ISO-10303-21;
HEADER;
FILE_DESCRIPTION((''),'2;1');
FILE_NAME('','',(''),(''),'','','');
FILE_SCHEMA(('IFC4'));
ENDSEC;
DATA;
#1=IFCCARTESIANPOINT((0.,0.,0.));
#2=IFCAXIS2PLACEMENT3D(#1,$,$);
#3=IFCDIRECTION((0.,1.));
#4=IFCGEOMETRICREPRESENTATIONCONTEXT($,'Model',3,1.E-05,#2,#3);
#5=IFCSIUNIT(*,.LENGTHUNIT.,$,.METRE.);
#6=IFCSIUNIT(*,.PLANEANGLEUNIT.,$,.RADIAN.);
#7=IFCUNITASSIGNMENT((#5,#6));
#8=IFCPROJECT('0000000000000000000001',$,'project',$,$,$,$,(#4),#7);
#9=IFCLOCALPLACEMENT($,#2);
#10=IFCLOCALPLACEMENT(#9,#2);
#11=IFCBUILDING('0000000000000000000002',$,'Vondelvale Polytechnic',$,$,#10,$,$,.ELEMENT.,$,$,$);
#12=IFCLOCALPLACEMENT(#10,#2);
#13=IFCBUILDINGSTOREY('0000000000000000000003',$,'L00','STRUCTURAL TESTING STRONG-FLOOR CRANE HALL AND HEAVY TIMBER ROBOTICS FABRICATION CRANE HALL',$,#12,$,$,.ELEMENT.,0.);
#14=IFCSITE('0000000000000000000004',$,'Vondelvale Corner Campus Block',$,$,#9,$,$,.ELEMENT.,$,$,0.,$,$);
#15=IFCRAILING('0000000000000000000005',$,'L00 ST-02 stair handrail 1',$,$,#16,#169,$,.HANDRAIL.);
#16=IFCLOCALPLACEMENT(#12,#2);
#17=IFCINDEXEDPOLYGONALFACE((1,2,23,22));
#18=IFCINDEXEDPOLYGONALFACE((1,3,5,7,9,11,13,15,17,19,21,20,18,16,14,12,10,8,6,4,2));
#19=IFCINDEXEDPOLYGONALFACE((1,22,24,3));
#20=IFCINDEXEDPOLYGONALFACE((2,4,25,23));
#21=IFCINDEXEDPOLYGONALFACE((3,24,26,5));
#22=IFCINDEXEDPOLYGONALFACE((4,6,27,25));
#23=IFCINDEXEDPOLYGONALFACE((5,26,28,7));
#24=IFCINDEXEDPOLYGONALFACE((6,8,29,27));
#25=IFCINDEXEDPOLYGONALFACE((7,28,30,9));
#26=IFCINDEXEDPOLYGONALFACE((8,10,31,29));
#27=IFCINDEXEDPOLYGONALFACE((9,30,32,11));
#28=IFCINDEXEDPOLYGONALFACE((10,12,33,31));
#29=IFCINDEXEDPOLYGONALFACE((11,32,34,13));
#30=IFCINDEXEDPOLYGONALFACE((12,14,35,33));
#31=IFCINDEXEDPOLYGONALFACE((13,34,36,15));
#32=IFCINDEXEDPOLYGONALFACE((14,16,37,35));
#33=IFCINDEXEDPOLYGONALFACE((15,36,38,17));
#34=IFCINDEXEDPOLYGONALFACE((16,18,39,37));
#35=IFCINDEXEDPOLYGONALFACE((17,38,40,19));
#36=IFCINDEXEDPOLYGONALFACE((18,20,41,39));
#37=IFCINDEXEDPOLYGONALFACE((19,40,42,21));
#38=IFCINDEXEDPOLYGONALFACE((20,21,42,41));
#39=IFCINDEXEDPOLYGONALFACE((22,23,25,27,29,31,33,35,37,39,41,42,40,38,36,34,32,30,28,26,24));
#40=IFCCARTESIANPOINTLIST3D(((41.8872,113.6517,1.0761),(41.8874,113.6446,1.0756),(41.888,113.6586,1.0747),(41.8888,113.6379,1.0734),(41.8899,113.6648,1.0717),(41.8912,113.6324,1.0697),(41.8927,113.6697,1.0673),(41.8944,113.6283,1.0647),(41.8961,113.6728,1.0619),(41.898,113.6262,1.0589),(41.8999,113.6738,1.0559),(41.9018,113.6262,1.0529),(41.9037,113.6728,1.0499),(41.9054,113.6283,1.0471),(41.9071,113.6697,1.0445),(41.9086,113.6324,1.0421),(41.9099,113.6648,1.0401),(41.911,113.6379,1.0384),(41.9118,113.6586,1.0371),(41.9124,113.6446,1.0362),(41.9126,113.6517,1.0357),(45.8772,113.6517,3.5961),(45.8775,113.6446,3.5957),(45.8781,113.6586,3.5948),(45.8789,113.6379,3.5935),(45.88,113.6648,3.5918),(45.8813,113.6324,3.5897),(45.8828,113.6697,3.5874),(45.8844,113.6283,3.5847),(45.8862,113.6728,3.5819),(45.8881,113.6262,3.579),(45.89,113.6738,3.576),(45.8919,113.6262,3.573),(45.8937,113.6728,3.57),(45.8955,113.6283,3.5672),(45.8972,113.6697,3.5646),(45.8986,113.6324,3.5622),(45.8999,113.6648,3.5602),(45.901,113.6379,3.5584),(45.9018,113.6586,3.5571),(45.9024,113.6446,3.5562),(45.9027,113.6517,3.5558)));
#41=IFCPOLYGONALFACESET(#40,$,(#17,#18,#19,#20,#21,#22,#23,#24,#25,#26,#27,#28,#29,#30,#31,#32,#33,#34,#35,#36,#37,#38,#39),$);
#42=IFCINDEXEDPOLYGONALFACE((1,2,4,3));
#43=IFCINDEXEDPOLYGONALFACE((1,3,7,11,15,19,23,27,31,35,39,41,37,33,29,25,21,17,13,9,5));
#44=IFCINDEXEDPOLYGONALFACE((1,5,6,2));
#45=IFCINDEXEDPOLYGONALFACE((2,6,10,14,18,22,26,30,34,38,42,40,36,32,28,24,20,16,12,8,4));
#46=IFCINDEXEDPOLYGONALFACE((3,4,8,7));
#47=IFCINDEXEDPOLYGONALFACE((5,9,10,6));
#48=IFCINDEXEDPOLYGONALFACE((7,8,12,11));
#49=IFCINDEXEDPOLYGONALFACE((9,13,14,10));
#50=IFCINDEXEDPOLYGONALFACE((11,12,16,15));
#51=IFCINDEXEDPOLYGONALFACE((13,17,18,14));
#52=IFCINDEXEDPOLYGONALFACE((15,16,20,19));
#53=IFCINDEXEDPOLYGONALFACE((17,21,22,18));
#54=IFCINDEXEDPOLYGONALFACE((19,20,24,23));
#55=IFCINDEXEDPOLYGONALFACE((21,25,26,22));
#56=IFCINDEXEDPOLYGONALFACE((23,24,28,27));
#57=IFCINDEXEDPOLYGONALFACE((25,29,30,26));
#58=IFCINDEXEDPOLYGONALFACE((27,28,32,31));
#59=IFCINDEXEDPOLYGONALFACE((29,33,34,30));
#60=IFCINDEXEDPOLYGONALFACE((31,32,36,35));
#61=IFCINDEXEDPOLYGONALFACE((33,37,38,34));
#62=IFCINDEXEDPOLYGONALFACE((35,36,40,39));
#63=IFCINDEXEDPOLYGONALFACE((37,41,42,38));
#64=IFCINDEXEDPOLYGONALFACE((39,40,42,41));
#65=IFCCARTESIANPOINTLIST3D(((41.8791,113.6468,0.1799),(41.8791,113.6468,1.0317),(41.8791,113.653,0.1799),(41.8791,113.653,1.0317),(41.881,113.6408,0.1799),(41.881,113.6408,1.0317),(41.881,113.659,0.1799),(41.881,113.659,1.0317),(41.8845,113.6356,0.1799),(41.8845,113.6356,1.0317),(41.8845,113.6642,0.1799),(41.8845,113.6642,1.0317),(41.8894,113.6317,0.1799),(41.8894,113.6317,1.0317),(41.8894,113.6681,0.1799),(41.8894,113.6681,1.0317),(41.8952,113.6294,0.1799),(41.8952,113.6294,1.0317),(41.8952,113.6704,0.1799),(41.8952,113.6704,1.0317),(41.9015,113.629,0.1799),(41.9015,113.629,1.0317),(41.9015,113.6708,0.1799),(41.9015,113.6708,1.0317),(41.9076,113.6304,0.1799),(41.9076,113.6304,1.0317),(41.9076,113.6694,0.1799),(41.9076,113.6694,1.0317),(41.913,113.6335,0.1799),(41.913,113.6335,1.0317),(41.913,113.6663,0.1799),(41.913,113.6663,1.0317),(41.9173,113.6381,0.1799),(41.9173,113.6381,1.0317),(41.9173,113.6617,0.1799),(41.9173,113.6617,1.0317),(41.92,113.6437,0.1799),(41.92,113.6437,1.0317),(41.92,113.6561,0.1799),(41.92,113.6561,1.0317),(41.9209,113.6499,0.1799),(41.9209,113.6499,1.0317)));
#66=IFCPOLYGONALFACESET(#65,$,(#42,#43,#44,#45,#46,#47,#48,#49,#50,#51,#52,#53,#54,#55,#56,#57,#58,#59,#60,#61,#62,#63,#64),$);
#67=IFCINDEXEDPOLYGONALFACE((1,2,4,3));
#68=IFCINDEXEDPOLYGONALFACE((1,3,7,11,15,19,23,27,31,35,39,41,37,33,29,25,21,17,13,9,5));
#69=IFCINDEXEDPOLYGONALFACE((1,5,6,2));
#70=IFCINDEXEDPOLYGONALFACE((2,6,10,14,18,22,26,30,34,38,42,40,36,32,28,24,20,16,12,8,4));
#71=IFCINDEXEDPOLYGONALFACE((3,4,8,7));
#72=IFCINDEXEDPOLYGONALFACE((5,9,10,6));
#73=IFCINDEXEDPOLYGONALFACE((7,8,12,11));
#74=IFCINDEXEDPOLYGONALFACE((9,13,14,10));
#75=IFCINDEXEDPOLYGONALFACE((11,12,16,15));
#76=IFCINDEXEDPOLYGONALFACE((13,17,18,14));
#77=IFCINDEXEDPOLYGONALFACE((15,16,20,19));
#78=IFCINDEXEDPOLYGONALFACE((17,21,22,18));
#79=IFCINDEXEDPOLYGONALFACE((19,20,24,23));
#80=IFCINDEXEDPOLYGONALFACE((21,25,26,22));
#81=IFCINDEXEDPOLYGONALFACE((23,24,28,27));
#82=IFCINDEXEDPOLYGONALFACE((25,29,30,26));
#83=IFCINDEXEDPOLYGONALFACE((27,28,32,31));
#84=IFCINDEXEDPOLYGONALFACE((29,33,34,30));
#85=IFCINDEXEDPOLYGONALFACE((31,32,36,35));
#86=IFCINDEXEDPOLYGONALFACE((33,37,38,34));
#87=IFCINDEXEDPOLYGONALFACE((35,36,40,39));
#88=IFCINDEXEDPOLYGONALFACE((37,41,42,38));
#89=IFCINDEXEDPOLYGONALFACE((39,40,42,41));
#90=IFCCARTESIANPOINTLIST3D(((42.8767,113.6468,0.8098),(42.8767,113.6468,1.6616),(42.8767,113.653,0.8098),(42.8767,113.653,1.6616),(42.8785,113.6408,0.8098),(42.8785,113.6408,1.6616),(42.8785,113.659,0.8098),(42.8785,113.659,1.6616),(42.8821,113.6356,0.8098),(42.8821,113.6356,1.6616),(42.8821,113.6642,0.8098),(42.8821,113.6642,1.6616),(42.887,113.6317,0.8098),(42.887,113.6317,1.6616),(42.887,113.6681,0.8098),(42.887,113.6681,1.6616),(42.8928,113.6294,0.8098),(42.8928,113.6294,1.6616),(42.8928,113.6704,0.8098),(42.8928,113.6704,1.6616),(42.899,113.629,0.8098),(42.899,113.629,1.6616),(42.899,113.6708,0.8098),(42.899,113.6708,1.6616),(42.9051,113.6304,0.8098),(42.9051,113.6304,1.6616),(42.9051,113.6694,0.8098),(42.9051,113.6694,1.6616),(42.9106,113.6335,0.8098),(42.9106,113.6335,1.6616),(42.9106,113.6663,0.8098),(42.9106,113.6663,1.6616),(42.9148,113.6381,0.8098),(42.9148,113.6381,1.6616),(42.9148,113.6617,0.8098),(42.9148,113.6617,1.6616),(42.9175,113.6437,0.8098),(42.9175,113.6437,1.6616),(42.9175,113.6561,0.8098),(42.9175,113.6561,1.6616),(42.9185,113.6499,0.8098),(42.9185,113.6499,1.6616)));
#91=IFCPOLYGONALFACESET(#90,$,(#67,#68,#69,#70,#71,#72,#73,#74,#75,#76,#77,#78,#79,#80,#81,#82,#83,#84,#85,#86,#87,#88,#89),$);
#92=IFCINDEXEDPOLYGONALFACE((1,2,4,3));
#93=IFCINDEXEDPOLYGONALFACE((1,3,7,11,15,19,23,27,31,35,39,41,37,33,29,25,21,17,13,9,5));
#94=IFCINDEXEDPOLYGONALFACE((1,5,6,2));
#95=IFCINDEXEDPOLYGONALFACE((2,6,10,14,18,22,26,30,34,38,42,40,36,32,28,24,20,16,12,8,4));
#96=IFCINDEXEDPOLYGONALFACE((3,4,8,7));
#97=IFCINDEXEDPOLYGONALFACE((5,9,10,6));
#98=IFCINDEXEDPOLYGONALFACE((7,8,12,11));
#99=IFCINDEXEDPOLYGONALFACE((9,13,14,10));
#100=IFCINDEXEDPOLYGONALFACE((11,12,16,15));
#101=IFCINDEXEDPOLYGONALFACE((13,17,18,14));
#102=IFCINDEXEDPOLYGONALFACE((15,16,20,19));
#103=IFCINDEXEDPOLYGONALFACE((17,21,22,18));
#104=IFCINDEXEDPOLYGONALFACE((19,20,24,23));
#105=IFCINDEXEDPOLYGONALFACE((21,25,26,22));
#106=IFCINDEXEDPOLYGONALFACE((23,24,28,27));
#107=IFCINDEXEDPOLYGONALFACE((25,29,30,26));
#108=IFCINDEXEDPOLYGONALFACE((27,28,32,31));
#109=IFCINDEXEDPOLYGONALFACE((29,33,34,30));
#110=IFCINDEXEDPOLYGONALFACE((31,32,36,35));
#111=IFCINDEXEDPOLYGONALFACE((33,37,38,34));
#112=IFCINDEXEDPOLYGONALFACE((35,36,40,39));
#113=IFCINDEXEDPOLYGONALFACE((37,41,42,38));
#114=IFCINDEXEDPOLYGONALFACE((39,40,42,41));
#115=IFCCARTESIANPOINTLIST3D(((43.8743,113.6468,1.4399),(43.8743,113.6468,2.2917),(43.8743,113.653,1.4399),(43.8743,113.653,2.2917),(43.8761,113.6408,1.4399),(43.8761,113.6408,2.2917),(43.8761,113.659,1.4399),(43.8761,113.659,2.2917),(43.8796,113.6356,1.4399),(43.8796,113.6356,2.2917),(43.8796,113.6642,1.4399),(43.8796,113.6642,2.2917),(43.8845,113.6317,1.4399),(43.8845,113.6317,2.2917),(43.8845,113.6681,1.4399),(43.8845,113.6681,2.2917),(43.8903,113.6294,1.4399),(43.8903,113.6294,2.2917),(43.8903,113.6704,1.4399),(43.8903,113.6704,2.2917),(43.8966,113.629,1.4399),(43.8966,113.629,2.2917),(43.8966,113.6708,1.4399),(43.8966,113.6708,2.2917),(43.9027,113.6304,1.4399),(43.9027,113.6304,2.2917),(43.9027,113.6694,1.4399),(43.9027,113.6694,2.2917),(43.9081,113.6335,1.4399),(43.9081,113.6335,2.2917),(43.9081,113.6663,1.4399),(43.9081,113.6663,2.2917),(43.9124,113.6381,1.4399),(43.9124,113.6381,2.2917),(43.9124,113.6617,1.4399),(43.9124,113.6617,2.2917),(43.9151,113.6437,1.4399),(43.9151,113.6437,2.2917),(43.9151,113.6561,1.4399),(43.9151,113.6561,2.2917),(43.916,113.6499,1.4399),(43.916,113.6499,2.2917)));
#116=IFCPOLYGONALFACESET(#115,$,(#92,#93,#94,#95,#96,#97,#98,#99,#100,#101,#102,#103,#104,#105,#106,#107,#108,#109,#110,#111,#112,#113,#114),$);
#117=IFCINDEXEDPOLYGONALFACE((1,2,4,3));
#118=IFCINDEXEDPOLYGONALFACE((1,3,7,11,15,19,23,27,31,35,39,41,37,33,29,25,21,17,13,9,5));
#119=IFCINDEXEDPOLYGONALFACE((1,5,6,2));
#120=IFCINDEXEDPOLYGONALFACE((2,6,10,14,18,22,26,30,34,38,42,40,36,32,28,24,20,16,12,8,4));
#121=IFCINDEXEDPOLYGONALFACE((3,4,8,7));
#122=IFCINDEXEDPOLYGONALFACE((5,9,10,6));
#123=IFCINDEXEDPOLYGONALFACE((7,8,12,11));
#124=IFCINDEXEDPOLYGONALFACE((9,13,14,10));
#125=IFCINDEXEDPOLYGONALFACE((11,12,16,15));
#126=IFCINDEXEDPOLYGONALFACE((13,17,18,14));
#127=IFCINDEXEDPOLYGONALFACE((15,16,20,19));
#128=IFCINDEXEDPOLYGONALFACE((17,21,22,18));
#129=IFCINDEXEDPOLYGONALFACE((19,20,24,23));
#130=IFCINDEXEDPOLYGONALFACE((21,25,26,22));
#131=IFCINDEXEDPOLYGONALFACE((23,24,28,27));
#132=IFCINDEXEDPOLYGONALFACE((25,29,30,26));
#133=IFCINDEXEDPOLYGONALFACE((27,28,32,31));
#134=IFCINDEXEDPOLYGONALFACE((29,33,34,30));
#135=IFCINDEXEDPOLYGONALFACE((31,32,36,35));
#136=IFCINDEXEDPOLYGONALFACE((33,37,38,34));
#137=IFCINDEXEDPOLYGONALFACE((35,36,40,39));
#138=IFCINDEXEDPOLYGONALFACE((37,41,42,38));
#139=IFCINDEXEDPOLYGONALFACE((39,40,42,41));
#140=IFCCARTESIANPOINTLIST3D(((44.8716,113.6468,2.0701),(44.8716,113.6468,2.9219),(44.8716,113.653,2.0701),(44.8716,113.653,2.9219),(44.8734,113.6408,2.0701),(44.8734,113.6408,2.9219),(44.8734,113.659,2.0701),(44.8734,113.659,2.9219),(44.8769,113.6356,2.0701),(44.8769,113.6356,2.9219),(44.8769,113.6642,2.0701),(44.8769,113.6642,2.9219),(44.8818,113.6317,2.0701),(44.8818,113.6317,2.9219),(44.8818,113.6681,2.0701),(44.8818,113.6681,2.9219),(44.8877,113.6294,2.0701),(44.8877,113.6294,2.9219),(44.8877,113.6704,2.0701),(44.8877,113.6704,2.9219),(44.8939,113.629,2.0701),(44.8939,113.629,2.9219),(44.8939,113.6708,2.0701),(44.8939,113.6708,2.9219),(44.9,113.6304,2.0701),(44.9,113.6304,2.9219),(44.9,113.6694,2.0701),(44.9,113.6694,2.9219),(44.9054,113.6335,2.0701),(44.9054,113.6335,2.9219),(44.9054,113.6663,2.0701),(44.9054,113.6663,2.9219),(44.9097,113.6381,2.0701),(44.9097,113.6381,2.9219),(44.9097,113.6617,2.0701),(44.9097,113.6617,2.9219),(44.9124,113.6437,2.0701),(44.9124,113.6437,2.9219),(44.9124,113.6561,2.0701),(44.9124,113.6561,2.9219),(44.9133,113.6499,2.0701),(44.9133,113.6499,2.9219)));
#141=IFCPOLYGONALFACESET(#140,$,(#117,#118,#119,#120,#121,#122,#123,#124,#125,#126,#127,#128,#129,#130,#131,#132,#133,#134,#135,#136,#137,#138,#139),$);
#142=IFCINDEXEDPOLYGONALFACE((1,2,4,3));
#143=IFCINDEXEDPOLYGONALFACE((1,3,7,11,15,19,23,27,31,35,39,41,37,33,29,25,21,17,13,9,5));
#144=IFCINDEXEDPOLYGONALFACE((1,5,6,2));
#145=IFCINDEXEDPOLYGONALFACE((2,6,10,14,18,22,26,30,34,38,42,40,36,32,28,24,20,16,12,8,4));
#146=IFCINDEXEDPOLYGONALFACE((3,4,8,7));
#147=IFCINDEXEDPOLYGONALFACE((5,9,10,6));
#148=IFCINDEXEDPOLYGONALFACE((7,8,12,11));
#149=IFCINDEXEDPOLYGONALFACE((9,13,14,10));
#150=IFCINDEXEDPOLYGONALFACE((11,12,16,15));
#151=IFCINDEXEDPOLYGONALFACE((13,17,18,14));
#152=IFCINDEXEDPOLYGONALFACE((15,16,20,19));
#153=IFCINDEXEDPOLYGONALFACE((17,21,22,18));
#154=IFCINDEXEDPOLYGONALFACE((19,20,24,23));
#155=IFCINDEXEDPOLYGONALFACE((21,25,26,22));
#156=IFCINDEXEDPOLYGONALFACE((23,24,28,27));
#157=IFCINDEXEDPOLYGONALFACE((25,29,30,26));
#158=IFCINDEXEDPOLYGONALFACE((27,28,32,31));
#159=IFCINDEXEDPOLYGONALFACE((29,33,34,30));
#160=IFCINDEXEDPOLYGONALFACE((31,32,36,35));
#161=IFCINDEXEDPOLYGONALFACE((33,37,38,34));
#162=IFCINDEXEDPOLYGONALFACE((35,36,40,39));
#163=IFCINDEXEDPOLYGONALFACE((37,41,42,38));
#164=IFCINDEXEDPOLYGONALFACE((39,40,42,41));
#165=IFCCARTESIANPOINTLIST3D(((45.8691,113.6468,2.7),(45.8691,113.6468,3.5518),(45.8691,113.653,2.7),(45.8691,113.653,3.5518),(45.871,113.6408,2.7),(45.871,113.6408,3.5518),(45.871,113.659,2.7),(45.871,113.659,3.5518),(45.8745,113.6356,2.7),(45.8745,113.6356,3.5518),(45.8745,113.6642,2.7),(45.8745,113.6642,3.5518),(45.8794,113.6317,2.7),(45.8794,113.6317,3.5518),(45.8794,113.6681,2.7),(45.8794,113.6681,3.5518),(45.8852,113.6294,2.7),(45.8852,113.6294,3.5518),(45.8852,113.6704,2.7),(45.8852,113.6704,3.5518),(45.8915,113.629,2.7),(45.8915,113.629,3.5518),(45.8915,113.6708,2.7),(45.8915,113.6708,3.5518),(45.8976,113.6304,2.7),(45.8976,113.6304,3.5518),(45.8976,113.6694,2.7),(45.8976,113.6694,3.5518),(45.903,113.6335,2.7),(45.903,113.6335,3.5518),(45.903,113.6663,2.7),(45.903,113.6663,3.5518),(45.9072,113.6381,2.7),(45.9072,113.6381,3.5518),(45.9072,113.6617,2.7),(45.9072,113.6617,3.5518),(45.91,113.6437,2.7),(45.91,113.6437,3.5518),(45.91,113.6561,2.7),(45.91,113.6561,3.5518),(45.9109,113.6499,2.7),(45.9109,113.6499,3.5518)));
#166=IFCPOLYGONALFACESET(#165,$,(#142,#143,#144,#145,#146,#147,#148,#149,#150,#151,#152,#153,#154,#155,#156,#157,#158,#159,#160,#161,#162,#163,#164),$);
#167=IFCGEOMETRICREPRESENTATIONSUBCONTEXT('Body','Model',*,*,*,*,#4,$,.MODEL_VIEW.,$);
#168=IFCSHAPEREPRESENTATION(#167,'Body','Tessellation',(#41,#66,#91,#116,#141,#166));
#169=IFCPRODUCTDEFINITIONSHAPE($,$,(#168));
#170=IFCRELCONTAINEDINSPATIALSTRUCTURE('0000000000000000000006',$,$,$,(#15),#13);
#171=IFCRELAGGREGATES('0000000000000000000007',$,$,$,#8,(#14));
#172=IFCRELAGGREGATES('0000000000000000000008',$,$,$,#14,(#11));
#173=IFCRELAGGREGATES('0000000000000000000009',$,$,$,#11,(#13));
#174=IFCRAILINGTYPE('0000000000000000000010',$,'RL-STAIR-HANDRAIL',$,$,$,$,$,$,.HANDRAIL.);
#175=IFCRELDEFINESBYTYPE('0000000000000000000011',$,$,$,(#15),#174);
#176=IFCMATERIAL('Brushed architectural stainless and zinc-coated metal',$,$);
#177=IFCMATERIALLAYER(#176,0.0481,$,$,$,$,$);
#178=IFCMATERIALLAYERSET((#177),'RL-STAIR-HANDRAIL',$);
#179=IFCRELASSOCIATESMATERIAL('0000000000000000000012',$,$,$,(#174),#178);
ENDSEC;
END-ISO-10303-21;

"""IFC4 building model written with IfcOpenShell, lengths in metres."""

from ifc_helpers import new_model, si_unit, direction, frame, origin, origin_2d, place, context, subcontext, project, spatial, circle, extrude, material, layer, layer_set, type_object, element, save


model = new_model("IFC4")

# Units and contexts
model_context = context("Model", 3, precision=1e-05, world=origin(), true_north=direction((0.0, 1.0)))
body_context = subcontext(model_context, "Body", "Model", "MODEL_VIEW")
ifc_project = project(units=[si_unit("LENGTHUNIT", "METRE"), si_unit("PLANEANGLEUNIT", "RADIAN")], contexts=[model_context])

# Site, building, storey
site_placement = place(None, origin())
site = spatial("IfcSite", under=ifc_project, at=site_placement, Name="Vondelvale Corner Campus Block", CompositionType="ELEMENT", RefElevation=0.0)
building_placement = place(site_placement, origin())
building = spatial("IfcBuilding", under=site, at=building_placement, Name="Vondelvale Polytechnic", CompositionType="ELEMENT")
storey_placement = place(building_placement, origin())
storey = spatial("IfcBuildingStorey", under=building, at=storey_placement, Name="L00", Description="STRUCTURAL TESTING STRONG-FLOOR CRANE HALL AND HEAVY TIMBER ROBOTICS FABRICATION CRANE HALL", CompositionType="ELEMENT", Elevation=0.0)

# Shared definitions
ifc_material_1 = material(Name="Brushed architectural stainless and zinc-coated metal")

# Railing
ifc_layer_1 = layer(ifc_material_1, 0.0481)
ifc_layer_set_1 = layer_set([ifc_layer_1], Name="RL-STAIR-HANDRAIL")
railing_type_1 = type_object("IfcRailingType", Name="RL-STAIR-HANDRAIL", PredefinedType="HANDRAIL", material=ifc_layer_set_1)
railing_1_placement = place(storey_placement, frame((41.8999, 113.6499, 0.1799)))
element("IfcRailing", 1, at=railing_1_placement, inside=storey, type_object=railing_type_1, Name="L00 ST-02 stair handrail 1", PredefinedType="HANDRAIL", context=body_context, shape_type="SweptSolid", body=[
    extrude(circle(Radius=0.0239, at=origin_2d()), frame((0.0, 0.0, 0.876), z_axis=(0.845486, 0.0, 0.533997), x_axis=(0.0, 1.0, 0.0)), (0.0, 0.0, 1.0), 4.7192),
    extrude(circle(Radius=0.021, at=origin_2d()), origin(), (0.0, 0.0, 1.0), 0.8518),
    extrude(circle(Radius=0.021, at=origin_2d()), frame((0.9976, 0.0, 0.6299)), (0.0, 0.0, 1.0), 0.8518),
    extrude(circle(Radius=0.021, at=origin_2d()), frame((1.9951, 0.0, 1.26)), (0.0, 0.0, 1.0), 0.8518),
    extrude(circle(Radius=0.021, at=origin_2d()), frame((2.9924, 0.0, 1.8901)), (0.0, 0.0, 1.0), 0.8518),
    extrude(circle(Radius=0.021, at=origin_2d()), frame((3.99, 0.0, 2.52)), (0.0, 0.0, 1.0), 0.8518),
])

save(model, "model.ifc")
